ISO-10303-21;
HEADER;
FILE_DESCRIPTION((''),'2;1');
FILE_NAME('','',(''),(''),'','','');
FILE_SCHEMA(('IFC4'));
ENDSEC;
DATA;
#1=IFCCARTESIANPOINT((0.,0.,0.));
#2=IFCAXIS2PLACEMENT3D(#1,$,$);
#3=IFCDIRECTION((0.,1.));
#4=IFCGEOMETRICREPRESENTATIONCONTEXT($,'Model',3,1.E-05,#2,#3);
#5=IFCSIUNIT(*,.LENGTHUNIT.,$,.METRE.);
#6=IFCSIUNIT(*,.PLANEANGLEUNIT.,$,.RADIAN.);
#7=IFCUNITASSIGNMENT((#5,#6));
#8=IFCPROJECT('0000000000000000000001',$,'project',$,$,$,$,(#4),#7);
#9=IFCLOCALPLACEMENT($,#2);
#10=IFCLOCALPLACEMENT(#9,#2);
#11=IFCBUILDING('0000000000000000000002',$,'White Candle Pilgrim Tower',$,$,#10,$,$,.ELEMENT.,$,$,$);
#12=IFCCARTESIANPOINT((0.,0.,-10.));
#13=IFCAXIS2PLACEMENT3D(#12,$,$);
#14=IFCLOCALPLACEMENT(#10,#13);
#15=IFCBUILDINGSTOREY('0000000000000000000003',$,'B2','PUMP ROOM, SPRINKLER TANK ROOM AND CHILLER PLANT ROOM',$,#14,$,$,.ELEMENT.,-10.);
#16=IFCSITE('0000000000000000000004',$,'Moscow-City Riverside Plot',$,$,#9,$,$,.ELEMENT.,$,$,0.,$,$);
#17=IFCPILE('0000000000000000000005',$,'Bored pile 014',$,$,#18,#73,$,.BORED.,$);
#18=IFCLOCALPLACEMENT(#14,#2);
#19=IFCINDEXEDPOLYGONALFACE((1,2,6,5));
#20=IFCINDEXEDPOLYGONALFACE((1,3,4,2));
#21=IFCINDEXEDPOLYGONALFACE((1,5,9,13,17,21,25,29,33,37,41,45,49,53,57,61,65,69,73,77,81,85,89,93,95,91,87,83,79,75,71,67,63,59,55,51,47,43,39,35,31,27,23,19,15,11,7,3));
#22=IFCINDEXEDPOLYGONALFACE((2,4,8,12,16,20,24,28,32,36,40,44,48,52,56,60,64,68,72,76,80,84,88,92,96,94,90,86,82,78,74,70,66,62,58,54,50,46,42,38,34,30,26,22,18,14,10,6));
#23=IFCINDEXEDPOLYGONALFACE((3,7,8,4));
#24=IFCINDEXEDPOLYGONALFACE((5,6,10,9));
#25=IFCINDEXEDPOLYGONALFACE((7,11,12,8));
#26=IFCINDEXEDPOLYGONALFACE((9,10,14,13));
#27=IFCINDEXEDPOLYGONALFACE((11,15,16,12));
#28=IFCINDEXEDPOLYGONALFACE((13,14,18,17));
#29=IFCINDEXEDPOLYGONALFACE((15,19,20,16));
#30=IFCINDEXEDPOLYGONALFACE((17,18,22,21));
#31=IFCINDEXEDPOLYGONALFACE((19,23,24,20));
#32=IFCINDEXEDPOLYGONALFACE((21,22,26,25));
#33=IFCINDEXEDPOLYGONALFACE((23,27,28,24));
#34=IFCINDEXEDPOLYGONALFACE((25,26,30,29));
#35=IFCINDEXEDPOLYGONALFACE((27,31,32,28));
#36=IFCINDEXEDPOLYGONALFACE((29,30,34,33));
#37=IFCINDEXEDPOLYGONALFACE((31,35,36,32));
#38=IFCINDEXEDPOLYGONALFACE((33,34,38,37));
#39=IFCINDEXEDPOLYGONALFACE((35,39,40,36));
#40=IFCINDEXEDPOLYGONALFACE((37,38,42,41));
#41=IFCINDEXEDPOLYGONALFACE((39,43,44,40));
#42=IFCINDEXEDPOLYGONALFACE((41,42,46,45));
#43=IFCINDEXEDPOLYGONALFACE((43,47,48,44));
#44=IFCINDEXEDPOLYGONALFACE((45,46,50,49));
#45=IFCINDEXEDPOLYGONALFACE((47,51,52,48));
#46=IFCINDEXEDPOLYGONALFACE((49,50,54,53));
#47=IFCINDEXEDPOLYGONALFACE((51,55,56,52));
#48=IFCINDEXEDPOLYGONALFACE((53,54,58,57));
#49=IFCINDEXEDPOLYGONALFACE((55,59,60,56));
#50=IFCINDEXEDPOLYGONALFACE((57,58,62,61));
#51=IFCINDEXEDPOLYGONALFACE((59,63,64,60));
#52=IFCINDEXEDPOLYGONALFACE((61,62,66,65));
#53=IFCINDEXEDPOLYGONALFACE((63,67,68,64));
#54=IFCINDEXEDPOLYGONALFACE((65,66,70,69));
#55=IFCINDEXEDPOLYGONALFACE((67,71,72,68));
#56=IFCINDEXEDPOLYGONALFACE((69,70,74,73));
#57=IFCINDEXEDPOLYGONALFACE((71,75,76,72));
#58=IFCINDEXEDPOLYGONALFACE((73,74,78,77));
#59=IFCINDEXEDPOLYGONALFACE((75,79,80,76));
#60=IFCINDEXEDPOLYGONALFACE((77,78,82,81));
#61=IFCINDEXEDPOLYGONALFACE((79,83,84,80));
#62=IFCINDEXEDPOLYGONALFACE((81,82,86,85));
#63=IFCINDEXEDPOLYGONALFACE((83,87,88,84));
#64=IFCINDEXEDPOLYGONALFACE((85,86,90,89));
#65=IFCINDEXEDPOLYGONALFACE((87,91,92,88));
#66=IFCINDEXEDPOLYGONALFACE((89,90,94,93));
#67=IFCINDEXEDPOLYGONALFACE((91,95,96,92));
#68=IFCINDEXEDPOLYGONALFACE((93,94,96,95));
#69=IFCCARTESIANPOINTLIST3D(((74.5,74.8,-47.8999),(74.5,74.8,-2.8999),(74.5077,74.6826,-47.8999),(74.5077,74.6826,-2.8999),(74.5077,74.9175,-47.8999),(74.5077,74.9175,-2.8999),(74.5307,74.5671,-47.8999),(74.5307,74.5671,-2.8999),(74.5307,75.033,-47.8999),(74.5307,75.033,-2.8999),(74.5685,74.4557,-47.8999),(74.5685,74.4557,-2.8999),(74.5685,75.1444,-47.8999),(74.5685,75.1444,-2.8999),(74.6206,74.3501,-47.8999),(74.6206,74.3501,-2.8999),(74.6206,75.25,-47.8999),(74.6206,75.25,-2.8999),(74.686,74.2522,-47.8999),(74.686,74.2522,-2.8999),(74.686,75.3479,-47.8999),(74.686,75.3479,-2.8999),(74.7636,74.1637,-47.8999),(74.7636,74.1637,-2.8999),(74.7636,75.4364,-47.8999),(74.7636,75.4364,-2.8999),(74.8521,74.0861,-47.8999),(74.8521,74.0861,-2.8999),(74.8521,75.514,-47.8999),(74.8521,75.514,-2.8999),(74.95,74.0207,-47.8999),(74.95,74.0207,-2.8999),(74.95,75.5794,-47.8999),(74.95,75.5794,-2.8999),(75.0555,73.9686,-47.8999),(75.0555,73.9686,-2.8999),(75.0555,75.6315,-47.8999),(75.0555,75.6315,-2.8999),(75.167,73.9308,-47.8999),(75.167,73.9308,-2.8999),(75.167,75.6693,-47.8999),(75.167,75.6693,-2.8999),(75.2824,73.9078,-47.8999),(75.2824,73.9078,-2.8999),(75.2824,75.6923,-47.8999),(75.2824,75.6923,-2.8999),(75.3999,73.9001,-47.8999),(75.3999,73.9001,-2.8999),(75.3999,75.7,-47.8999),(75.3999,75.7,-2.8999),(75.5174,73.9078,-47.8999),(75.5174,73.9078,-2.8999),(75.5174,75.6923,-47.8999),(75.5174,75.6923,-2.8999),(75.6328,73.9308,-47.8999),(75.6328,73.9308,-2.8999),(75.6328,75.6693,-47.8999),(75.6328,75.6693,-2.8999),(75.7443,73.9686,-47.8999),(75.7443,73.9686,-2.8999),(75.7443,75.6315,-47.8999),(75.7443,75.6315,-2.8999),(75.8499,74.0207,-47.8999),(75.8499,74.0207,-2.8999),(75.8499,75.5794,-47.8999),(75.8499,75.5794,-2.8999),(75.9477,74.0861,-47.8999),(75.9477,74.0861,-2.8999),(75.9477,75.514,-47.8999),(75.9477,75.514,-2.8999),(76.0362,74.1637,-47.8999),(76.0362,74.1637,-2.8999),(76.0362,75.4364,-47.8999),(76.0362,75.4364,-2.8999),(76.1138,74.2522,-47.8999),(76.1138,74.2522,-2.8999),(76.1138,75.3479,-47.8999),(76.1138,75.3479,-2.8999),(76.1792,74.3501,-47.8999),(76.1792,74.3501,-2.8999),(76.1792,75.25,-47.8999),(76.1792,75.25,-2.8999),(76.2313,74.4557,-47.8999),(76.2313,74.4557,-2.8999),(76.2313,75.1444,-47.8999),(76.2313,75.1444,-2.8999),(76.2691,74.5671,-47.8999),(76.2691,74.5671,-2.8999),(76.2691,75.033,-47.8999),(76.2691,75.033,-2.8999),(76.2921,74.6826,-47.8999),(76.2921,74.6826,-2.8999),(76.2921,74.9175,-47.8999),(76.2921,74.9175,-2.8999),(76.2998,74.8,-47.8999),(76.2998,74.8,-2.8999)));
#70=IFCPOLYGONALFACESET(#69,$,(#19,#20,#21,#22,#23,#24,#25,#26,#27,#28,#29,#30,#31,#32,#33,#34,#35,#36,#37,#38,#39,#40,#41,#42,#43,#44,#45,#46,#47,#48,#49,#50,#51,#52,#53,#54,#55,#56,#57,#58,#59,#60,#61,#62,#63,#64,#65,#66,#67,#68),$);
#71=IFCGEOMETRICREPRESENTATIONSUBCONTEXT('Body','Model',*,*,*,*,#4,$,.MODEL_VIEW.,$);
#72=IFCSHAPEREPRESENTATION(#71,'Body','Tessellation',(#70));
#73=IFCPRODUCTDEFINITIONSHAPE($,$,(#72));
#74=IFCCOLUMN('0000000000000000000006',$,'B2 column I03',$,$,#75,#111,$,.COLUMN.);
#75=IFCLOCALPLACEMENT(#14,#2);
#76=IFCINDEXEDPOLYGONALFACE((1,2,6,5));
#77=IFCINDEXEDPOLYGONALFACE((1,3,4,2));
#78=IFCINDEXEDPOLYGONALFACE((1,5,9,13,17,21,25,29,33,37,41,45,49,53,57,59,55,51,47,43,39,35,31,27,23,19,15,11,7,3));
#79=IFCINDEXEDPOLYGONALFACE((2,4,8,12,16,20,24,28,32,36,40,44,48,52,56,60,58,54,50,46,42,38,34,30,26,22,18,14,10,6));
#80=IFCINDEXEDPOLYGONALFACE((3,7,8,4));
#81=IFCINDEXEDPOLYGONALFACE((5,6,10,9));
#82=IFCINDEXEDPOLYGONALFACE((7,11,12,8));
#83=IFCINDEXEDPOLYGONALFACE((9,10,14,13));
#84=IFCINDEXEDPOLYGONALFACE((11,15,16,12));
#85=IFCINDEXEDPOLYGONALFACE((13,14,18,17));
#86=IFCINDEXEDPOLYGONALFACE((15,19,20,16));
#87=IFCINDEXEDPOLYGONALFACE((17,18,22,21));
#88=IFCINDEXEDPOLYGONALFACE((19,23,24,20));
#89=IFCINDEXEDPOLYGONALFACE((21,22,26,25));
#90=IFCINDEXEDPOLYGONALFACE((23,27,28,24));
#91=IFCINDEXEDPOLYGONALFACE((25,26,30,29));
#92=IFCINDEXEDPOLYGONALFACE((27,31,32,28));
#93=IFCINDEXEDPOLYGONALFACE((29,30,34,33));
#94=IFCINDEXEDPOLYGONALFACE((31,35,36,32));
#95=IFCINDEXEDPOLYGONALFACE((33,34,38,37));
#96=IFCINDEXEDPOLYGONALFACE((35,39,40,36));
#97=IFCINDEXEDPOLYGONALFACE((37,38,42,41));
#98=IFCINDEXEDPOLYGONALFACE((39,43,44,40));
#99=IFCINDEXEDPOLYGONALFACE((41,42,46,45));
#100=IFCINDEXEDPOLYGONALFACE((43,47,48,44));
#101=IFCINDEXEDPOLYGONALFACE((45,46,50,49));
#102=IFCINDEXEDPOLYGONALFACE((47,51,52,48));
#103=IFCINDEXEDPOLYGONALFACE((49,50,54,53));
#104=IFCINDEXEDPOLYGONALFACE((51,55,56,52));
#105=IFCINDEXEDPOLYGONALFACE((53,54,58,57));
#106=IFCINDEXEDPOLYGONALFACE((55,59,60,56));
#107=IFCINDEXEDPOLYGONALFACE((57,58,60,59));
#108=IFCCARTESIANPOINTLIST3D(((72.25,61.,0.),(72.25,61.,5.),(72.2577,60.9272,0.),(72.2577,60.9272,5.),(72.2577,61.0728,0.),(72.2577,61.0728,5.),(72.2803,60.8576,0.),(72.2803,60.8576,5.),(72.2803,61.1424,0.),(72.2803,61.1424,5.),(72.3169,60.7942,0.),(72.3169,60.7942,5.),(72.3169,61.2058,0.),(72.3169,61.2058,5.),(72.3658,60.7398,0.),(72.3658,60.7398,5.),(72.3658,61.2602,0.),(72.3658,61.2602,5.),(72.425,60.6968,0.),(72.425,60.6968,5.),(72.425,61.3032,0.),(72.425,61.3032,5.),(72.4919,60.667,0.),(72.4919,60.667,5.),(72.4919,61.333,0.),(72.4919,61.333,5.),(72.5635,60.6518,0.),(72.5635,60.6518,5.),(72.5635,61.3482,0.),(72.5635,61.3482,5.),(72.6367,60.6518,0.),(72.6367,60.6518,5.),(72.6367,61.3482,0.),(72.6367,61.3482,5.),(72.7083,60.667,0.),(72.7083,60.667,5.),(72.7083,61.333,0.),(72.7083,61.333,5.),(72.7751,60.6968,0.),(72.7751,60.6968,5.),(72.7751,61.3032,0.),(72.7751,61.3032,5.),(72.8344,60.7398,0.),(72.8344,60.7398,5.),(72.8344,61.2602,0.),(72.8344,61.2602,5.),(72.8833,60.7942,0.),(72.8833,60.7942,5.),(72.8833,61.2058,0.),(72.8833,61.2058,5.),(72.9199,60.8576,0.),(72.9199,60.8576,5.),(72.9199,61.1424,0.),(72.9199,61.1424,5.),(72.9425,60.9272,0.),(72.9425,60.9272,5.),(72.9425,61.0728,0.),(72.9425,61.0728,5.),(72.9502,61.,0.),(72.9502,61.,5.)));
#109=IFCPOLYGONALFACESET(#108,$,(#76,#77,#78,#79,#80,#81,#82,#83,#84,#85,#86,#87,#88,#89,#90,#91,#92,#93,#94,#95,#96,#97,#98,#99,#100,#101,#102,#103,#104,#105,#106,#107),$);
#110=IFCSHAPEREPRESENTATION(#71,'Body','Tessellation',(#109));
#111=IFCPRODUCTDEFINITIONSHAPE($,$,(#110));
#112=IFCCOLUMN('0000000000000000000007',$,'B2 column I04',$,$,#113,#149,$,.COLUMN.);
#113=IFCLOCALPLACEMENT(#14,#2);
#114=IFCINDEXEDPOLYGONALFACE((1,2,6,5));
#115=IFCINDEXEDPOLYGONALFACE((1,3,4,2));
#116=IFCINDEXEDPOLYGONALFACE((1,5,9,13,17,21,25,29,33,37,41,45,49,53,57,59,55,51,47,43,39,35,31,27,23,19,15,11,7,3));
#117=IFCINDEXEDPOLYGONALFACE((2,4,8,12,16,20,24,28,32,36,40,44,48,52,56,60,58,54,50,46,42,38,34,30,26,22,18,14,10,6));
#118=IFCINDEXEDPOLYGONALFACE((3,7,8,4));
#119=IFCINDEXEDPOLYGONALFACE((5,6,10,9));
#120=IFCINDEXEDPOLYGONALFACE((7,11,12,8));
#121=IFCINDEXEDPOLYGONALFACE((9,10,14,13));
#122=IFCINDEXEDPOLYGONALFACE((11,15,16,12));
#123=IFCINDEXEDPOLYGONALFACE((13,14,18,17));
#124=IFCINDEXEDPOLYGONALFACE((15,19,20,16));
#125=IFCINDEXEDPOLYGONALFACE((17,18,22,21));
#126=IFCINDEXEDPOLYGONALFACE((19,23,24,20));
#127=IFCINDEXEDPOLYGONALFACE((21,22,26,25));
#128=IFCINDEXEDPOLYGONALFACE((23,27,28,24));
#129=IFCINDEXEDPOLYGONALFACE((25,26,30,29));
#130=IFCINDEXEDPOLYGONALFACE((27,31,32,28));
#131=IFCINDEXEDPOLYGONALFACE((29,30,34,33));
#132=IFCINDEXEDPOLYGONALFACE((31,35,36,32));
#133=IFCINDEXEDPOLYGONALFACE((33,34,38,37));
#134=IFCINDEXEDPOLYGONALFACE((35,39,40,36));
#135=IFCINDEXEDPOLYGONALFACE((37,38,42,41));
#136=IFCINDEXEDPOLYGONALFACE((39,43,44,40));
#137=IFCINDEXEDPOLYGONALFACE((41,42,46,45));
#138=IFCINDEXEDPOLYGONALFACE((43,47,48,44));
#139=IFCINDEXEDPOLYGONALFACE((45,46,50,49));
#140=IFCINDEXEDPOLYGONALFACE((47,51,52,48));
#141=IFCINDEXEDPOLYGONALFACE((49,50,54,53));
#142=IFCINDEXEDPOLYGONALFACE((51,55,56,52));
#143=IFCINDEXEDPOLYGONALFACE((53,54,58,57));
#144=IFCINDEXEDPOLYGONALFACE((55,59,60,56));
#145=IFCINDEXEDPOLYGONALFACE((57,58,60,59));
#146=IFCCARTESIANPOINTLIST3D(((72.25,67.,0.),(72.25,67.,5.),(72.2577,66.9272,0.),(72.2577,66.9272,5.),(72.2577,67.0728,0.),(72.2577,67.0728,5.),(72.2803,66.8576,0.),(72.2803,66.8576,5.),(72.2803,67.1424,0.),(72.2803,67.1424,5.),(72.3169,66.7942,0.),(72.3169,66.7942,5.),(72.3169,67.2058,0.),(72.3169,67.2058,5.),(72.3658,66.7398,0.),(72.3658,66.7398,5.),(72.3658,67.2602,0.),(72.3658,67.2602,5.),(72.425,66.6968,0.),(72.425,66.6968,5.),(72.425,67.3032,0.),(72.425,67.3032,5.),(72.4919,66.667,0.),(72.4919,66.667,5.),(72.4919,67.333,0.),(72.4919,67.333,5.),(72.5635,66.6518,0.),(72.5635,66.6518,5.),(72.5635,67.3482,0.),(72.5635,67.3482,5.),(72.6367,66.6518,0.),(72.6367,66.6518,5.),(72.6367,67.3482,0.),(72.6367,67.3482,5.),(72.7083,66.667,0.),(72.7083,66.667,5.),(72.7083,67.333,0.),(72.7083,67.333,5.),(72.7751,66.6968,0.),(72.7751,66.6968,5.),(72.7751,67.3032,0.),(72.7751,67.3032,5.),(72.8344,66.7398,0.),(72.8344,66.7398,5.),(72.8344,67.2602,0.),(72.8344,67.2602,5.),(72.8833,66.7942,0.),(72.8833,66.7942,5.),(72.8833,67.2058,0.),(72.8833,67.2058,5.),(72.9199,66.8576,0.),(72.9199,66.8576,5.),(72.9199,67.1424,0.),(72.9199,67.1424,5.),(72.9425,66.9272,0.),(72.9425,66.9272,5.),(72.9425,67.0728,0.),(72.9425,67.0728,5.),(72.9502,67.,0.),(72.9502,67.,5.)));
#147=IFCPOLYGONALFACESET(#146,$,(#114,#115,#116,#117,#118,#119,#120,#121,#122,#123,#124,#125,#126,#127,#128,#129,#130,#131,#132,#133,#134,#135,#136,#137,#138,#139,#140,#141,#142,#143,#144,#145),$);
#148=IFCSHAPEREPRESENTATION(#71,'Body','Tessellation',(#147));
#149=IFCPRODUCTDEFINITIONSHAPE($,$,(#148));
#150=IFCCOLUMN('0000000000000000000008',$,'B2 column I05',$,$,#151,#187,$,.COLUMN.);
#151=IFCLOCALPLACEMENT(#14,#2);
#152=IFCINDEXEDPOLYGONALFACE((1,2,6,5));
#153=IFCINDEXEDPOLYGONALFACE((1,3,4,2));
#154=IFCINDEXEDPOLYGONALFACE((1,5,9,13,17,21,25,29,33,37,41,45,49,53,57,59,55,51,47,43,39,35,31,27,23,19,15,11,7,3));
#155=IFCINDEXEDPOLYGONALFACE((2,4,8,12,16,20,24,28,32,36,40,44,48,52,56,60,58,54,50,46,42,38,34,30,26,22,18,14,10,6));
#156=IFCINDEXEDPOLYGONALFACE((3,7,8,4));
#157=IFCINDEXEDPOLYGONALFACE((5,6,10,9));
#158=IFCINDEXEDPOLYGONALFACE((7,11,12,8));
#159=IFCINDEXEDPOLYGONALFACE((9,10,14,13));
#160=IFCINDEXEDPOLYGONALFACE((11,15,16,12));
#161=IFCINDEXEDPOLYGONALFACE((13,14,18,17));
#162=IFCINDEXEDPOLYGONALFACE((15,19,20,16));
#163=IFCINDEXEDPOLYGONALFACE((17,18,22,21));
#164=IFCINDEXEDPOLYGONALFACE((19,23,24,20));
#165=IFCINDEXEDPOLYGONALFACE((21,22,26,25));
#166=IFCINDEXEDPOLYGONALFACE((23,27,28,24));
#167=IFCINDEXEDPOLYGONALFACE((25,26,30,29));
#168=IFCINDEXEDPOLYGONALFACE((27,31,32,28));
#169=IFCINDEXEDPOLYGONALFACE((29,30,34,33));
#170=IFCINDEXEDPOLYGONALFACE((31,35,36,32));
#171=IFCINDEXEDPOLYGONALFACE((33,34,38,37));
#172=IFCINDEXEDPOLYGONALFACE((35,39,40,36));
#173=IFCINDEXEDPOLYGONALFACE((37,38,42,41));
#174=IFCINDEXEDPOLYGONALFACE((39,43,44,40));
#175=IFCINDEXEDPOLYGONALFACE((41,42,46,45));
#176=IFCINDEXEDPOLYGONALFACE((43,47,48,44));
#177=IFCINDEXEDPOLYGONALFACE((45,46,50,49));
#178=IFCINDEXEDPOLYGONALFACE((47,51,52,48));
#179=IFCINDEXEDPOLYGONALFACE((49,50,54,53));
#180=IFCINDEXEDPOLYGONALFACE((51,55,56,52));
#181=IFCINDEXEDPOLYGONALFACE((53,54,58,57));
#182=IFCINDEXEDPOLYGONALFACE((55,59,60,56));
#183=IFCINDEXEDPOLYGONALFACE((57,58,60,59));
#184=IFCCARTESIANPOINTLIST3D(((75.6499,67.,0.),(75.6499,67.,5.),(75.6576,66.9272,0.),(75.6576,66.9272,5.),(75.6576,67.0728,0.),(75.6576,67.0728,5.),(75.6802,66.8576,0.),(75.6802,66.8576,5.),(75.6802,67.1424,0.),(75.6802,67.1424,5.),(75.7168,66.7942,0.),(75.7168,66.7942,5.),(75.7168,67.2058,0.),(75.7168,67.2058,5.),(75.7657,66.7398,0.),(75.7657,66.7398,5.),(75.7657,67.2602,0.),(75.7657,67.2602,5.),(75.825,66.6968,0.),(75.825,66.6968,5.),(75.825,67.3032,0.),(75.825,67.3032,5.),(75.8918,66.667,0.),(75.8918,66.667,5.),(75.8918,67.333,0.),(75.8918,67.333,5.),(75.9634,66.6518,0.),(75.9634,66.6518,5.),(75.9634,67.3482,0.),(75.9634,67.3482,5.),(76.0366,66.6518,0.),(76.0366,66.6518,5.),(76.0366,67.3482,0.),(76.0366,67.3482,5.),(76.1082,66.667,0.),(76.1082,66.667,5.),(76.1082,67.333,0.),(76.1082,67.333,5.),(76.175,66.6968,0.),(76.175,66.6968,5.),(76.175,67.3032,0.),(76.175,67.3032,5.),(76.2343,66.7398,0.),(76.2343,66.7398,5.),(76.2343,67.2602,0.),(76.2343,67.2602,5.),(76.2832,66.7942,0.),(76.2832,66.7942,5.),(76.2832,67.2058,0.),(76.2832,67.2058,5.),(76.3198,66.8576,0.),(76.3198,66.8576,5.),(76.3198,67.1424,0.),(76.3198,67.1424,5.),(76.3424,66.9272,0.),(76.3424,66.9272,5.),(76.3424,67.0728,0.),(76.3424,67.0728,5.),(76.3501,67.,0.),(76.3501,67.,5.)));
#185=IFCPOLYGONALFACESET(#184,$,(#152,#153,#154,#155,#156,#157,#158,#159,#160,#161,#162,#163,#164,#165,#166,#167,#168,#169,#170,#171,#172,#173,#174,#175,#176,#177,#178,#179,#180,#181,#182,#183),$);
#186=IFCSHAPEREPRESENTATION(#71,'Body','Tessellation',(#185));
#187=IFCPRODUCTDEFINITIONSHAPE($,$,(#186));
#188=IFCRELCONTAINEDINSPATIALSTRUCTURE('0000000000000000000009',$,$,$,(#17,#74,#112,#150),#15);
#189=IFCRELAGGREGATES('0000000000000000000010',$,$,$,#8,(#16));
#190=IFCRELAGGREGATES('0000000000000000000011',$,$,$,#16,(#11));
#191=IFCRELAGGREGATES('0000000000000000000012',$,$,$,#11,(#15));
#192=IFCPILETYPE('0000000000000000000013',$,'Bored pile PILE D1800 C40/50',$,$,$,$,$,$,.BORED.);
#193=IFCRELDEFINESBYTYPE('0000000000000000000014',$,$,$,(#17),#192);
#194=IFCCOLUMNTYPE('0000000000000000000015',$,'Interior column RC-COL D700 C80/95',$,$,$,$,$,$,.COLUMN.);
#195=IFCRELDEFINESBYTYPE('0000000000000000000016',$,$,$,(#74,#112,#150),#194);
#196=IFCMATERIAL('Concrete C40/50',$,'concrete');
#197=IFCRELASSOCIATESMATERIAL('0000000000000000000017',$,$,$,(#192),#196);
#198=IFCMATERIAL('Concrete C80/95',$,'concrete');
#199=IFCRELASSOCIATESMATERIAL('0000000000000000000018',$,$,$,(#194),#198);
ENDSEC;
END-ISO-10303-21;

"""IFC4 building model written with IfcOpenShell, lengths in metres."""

from ifc_helpers import new_model, si_unit, direction, frame, origin, origin_2d, place, context, subcontext, project, spatial, circle, extrude, material, material_profile, profile_set, type_object, element, save


model = new_model("IFC4")

# Units and contexts
model_context = context("Model", 3, precision=1e-05, world=origin(), true_north=direction((0.0, 1.0)))
body_context = subcontext(model_context, "Body", "Model", "MODEL_VIEW")
ifc_project = project(units=[si_unit("LENGTHUNIT", "METRE"), si_unit("PLANEANGLEUNIT", "RADIAN")], contexts=[model_context])

# Site, building, storey
site_placement = place(None, origin())
site = spatial("IfcSite", under=ifc_project, at=site_placement, Name="Moscow-City Riverside Plot", CompositionType="ELEMENT", RefElevation=0.0)
building_placement = place(site_placement, origin())
building = spatial("IfcBuilding", under=site, at=building_placement, Name="White Candle Pilgrim Tower", CompositionType="ELEMENT")
storey_placement = place(building_placement, frame((0.0, 0.0, -10.0)))
storey = spatial("IfcBuildingStorey", under=building, at=storey_placement, Name="B2", Description="PUMP ROOM, SPRINKLER TANK ROOM AND CHILLER PLANT ROOM", CompositionType="ELEMENT", Elevation=-10.0)

# Pile
ifc_material_1 = material(Name="Concrete C40/50", Category="concrete")
ifc_material_profile_1 = material_profile(ifc_material_1, circle(Radius=0.8999, at=origin_2d()), Name="PILE D1800")
ifc_profile_set_1 = profile_set([ifc_material_profile_1], Name="Concrete C40/50")
pile_type_1 = type_object("IfcPileType", Name="Bored pile PILE D1800 C40/50", PredefinedType="BORED", material=ifc_profile_set_1)
for number, where, z_axis, x_axis, name in (
    (1, (75.3999, 74.8, -2.8999), (0.0, 0.0, -1.0), (1.0, 0.0, 0.0), "Bored pile 014"),
):
    element("IfcPile", number, at=place(storey_placement, frame(where, z_axis=z_axis, x_axis=x_axis)), inside=storey, type_object=pile_type_1, Name=name, PredefinedType="BORED", context=body_context, shape_type="SweptSolid", body=[
        extrude(circle(Radius=0.8999, at=origin_2d()), origin(), (0.0, 0.0, 1.0), 45.0),
    ])

# Columns
ifc_material_2 = material(Name="Concrete C80/95", Category="concrete")
ifc_material_profile_2 = material_profile(ifc_material_2, circle(Radius=0.3501, at=origin_2d()), Name="RC-COL D700")
ifc_profile_set_2 = profile_set([ifc_material_profile_2], Name="Concrete C80/95")
column_type = type_object("IfcColumnType", Name="Interior column RC-COL D700 C80/95", PredefinedType="COLUMN", material=ifc_profile_set_2)
for number, where, z_axis, x_axis, name in (
    (2, (72.6001, 61.0, 0.0), (0.0, 0.0, 1.0), (1.0, 0.0, 0.0), "B2 column I03"),
    (3, (72.6001, 67.0, 0.0), (0.0, 0.0, 1.0), (1.0, 0.0, 0.0), "B2 column I04"),
    (4, (76.0, 67.0, 0.0), (0.0, 0.0, 1.0), (1.0, 0.0, 0.0), "B2 column I05"),
):
    element("IfcColumn", number, at=place(storey_placement, frame(where, z_axis=z_axis, x_axis=x_axis)), inside=storey, type_object=column_type, Name=name, PredefinedType="COLUMN", context=body_context, shape_type="SweptSolid", body=[
        extrude(circle(Radius=0.3501, at=origin_2d()), origin(), (0.0, 0.0, 1.0), 5.0),
    ])

save(model, "model.ifc")
